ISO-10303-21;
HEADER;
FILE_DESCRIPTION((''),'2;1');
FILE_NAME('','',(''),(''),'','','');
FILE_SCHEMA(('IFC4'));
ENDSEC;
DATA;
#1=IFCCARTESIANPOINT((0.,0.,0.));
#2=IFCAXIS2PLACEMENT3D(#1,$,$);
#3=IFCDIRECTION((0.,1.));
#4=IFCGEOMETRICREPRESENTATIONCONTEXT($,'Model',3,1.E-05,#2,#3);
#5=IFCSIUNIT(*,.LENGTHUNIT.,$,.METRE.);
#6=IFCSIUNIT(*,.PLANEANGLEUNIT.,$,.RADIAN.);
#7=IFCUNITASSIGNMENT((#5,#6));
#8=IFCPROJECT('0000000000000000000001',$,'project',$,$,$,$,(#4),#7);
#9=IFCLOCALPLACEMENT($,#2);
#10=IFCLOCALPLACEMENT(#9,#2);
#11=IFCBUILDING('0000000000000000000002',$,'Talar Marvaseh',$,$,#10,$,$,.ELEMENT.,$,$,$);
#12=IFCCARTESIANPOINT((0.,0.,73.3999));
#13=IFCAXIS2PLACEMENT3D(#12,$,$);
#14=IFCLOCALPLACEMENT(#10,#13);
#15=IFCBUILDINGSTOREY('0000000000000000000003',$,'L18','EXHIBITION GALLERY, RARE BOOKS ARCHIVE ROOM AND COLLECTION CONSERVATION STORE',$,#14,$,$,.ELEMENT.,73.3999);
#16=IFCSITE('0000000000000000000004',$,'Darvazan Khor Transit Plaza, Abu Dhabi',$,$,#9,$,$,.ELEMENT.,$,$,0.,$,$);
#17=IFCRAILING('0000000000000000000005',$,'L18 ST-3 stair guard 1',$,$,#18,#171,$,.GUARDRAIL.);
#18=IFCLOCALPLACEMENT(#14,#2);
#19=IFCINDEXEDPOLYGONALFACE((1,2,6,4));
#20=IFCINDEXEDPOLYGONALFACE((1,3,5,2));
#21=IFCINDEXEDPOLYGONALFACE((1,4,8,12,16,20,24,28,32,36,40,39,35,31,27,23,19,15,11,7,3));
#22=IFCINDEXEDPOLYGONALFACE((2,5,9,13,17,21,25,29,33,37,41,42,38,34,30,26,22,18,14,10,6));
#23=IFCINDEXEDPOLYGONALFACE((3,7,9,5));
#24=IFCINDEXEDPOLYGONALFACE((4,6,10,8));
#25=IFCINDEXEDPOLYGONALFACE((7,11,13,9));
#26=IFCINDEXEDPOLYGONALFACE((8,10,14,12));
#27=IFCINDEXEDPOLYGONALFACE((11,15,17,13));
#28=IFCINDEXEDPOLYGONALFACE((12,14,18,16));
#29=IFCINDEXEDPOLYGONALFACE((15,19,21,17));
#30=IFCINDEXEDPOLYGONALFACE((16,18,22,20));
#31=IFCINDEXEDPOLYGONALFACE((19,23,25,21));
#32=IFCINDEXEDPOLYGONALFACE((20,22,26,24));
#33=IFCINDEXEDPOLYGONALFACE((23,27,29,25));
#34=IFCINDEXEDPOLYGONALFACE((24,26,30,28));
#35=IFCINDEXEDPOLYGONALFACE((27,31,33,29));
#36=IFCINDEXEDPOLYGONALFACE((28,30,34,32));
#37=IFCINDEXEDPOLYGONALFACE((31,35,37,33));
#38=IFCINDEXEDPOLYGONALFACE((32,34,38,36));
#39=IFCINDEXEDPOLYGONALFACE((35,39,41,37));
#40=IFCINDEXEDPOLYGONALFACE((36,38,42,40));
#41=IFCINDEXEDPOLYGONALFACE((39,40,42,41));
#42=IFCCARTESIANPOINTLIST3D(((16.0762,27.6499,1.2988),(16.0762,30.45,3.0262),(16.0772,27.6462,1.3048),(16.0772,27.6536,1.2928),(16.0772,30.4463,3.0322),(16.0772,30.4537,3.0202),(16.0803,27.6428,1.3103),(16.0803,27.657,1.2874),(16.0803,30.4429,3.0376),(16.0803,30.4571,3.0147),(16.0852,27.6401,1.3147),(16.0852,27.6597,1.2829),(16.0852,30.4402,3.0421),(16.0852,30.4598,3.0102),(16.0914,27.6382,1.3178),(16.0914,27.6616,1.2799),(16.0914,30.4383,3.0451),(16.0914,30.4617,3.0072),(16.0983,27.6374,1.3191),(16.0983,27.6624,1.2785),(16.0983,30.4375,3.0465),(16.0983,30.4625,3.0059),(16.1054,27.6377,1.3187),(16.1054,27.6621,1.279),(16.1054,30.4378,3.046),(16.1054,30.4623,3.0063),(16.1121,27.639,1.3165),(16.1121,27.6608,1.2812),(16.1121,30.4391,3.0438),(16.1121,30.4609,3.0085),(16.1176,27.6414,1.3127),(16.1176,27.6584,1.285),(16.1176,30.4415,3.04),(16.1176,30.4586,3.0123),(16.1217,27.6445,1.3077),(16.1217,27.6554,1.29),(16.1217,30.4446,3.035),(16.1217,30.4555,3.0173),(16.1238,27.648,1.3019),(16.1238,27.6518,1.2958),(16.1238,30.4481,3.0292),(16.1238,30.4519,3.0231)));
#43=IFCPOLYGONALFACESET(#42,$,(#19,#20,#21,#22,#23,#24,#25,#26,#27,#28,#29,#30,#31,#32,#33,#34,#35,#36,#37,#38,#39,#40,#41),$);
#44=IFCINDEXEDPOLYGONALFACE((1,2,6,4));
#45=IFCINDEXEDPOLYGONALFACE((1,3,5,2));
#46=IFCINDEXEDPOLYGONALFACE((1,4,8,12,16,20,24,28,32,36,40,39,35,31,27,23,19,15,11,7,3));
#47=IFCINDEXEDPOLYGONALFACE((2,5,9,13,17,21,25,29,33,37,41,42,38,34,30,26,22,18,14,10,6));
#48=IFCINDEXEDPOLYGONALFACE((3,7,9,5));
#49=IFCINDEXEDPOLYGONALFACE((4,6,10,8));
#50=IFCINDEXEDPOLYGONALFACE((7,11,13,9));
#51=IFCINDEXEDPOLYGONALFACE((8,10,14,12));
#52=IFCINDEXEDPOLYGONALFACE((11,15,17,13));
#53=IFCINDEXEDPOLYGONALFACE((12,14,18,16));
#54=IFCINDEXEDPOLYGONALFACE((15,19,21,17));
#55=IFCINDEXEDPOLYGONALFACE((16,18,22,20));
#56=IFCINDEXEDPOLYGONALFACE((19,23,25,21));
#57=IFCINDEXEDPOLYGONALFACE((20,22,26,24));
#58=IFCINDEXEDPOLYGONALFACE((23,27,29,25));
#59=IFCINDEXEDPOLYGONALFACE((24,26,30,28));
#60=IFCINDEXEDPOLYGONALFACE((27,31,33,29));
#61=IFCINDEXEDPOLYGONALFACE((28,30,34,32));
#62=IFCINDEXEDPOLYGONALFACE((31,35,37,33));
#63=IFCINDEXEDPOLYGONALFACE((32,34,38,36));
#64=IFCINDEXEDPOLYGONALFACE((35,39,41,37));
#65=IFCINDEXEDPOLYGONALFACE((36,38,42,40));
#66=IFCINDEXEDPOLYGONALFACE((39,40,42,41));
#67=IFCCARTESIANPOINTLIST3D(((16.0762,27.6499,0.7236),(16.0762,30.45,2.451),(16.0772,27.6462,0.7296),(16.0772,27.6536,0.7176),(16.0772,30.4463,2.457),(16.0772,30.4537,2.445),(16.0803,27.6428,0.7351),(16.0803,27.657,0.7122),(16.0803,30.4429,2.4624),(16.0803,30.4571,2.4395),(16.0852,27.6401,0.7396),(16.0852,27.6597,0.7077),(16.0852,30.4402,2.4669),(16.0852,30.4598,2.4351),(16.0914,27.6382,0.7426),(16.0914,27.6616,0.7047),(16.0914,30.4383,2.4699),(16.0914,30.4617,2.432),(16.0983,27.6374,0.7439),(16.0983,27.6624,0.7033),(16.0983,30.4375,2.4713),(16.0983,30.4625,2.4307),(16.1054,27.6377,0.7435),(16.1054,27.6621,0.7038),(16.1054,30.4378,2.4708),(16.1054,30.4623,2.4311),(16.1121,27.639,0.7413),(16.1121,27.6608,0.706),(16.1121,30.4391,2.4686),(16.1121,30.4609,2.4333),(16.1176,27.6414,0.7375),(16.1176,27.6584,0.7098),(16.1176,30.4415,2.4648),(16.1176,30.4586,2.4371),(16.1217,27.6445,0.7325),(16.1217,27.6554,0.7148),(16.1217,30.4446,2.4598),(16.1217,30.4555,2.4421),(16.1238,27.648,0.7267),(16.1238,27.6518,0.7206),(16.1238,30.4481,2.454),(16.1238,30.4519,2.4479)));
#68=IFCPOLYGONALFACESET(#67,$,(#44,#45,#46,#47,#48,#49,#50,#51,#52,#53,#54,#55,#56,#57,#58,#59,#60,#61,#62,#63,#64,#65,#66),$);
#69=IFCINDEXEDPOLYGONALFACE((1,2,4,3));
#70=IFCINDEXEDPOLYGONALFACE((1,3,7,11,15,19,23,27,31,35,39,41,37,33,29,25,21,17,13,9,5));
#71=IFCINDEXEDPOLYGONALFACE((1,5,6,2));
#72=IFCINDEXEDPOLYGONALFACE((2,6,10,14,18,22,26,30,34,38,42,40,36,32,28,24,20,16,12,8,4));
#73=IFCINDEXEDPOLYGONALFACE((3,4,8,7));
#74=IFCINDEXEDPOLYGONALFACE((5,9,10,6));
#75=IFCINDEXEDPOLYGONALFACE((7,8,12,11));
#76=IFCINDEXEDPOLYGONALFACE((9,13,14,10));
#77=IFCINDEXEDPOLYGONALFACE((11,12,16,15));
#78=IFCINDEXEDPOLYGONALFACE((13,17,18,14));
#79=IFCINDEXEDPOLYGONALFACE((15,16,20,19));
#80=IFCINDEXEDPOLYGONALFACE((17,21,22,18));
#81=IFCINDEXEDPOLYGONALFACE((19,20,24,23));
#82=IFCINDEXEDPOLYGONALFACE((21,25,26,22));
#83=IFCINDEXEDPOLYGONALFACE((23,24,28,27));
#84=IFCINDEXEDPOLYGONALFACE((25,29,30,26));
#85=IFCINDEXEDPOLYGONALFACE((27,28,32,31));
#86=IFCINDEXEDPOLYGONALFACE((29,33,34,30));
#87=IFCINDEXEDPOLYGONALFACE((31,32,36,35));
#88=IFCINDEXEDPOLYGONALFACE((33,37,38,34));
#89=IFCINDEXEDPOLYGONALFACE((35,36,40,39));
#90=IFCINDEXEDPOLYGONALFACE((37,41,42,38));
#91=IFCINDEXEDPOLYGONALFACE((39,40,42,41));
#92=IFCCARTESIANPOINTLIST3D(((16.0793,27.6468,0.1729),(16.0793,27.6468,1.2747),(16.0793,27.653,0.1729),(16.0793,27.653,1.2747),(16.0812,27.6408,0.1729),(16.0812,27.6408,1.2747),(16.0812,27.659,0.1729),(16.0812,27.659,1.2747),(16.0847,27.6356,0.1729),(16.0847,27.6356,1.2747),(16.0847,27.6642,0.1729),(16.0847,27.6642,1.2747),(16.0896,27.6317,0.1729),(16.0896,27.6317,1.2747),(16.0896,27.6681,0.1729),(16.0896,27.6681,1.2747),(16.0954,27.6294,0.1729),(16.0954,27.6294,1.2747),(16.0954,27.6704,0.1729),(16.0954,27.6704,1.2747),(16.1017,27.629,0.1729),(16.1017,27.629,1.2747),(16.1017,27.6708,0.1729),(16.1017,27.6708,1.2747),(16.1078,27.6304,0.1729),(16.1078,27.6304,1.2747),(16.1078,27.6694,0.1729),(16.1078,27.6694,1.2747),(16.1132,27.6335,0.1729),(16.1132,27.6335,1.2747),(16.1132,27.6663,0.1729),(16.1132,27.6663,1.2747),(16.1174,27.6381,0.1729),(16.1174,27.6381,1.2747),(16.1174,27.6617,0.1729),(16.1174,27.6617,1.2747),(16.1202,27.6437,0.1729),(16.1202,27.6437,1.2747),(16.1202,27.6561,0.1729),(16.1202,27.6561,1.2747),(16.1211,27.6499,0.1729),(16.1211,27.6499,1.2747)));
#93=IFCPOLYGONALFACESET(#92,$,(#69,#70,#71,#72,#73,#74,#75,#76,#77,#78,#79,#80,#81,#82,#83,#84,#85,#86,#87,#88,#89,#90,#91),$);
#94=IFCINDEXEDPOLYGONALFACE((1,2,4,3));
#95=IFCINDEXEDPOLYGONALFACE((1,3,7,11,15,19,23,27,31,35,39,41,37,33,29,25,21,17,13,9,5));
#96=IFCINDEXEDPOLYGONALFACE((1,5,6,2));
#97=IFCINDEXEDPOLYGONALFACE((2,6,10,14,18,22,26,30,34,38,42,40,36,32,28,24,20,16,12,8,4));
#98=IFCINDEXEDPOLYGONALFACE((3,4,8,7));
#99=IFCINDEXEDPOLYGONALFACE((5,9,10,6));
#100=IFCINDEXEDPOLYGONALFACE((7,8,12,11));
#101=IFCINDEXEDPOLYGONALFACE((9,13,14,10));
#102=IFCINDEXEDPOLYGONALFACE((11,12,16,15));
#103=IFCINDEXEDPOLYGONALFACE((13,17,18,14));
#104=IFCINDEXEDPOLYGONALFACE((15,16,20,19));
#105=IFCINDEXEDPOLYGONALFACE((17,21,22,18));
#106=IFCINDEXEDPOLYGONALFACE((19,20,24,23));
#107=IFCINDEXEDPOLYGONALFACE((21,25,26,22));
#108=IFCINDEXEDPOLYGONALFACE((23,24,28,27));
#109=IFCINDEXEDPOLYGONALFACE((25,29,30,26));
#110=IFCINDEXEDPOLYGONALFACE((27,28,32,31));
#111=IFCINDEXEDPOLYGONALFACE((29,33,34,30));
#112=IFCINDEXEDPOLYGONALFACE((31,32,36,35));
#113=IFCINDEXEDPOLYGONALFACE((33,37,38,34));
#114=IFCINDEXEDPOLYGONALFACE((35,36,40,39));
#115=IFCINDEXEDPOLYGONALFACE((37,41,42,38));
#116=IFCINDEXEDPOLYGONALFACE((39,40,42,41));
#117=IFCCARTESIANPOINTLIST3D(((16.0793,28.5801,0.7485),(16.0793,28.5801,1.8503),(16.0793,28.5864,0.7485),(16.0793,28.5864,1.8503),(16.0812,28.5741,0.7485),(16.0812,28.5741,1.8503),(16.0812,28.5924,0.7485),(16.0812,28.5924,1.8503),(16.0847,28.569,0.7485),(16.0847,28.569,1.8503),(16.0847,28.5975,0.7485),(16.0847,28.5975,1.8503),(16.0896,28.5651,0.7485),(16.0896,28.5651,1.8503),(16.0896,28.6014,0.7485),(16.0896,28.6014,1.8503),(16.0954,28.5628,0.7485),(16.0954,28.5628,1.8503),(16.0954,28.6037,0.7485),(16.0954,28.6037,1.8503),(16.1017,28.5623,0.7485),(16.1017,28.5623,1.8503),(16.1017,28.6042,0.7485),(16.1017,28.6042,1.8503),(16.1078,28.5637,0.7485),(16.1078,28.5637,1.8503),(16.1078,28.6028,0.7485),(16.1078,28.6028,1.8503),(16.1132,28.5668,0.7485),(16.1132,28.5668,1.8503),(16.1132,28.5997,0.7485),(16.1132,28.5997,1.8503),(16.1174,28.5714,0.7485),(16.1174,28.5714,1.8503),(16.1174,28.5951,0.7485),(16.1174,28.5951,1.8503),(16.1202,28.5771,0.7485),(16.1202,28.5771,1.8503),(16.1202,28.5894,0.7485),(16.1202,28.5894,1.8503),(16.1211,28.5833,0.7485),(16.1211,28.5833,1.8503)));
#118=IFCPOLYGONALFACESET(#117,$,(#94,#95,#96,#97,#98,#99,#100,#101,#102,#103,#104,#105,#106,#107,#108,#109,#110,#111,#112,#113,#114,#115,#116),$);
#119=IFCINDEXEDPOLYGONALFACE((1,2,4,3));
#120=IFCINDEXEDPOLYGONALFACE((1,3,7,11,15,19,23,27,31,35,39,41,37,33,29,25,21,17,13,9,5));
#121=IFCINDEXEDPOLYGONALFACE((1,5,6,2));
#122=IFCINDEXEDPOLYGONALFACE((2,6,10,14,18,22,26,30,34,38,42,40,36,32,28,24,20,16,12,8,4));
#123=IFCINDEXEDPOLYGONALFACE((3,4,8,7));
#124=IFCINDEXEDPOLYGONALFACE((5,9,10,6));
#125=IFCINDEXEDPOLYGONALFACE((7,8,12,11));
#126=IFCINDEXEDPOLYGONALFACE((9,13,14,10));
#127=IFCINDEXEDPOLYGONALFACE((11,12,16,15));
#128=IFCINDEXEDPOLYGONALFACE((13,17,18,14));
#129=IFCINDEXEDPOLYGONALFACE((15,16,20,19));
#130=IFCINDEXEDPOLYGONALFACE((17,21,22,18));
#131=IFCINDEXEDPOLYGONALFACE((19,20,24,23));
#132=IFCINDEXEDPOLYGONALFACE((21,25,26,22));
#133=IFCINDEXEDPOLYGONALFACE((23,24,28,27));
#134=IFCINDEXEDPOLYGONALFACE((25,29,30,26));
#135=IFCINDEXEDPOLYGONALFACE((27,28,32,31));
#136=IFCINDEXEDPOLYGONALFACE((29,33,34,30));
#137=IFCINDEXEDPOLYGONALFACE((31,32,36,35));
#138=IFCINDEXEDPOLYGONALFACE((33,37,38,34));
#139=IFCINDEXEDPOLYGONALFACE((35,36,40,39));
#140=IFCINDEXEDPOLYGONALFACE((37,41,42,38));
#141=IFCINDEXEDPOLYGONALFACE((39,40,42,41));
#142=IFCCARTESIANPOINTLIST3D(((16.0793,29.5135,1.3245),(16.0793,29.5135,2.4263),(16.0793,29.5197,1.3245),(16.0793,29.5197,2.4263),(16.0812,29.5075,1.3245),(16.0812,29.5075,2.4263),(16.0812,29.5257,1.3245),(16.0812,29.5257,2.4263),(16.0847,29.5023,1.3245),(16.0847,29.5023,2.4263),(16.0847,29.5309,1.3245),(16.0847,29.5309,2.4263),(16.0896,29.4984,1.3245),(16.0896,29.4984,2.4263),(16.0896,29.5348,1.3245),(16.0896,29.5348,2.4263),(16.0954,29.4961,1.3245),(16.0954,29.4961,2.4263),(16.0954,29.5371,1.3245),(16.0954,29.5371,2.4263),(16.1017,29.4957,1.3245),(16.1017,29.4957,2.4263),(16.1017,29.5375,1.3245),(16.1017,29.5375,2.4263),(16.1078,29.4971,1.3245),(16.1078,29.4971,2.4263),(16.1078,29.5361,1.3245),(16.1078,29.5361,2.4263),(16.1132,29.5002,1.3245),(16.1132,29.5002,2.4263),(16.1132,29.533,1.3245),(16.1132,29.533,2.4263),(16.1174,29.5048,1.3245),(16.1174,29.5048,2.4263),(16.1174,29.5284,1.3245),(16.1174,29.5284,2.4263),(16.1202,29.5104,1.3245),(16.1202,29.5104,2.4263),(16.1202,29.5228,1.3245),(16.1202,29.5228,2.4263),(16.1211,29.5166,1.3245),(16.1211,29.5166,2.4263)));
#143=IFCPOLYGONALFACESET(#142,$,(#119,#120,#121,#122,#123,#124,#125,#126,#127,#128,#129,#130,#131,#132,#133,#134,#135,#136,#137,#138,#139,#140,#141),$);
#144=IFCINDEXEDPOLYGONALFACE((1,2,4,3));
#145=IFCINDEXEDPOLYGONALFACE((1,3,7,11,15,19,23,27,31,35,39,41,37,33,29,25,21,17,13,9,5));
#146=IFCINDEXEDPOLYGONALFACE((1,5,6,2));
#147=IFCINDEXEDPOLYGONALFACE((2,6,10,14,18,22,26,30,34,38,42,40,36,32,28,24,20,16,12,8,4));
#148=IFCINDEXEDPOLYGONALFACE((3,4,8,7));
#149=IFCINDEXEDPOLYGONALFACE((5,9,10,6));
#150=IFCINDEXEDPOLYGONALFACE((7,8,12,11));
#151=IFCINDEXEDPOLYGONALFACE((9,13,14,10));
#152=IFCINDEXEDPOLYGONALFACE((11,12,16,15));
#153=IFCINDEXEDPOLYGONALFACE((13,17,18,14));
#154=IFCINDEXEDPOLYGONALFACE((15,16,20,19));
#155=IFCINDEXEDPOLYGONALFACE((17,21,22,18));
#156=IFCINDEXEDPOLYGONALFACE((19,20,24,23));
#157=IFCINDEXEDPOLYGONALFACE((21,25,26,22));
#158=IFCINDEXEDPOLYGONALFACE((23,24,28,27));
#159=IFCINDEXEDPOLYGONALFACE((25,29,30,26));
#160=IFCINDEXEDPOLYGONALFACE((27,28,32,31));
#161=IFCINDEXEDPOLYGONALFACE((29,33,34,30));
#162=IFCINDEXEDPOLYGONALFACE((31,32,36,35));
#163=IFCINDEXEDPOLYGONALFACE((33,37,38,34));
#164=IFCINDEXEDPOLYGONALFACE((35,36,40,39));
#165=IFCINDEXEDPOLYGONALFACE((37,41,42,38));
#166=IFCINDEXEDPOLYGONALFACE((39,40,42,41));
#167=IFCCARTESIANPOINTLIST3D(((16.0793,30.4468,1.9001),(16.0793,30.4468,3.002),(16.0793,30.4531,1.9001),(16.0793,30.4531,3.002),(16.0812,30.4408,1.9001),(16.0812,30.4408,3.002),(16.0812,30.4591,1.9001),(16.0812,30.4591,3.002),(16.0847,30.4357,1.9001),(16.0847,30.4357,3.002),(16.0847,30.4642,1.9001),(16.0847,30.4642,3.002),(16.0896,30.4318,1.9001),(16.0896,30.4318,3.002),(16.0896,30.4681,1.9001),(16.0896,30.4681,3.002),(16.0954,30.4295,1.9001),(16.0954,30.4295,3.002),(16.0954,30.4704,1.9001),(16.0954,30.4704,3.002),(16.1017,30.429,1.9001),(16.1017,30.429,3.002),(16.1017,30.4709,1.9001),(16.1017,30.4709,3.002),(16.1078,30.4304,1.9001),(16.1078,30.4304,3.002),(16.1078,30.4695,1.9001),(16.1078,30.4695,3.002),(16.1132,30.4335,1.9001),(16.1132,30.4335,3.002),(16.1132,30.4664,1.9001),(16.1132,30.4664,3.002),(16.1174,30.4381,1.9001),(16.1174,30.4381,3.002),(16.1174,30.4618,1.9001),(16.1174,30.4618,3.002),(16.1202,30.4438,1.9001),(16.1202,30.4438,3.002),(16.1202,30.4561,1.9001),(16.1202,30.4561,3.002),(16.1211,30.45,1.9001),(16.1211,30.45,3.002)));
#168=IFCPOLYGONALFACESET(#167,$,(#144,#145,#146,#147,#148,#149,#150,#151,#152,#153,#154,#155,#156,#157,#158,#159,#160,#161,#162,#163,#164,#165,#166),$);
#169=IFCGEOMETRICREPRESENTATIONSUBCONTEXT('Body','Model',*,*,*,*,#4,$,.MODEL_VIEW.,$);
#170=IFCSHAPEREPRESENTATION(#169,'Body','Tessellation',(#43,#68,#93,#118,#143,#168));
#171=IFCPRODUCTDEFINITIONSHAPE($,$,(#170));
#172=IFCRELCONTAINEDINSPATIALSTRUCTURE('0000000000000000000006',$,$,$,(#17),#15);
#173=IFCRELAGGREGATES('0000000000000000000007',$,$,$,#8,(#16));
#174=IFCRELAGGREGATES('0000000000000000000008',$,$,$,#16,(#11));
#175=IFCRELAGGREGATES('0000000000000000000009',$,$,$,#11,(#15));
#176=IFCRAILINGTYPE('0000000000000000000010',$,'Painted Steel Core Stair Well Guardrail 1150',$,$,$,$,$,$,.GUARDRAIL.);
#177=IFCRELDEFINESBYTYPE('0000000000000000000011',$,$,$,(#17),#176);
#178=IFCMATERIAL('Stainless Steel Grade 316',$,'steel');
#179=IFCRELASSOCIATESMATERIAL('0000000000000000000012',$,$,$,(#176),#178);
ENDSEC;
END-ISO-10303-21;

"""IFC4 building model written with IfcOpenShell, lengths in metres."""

from ifc_helpers import new_model, si_unit, direction, frame, origin, origin_2d, place, context, subcontext, project, spatial, circle, extrude, material, type_object, element, save


model = new_model("IFC4")

# Units and contexts
model_context = context("Model", 3, precision=1e-05, world=origin(), true_north=direction((0.0, 1.0)))
body_context = subcontext(model_context, "Body", "Model", "MODEL_VIEW")
ifc_project = project(units=[si_unit("LENGTHUNIT", "METRE"), si_unit("PLANEANGLEUNIT", "RADIAN")], contexts=[model_context])

# Site, building, storey
site_placement = place(None, origin())
site = spatial("IfcSite", under=ifc_project, at=site_placement, Name="Darvazan Khor Transit Plaza, Abu Dhabi", CompositionType="ELEMENT", RefElevation=0.0)
building_placement = place(site_placement, origin())
building = spatial("IfcBuilding", under=site, at=building_placement, Name="Talar Marvaseh", CompositionType="ELEMENT")
storey_placement = place(building_placement, frame((0.0, 0.0, 73.3999)))
storey = spatial("IfcBuildingStorey", under=building, at=storey_placement, Name="L18", Description="EXHIBITION GALLERY, RARE BOOKS ARCHIVE ROOM AND COLLECTION CONSERVATION STORE", CompositionType="ELEMENT", Elevation=73.3999)

# Railing
ifc_material_1 = material(Name="Stainless Steel Grade 316", Category="steel")
railing_type_1 = type_object("IfcRailingType", Name="Painted Steel Core Stair Well Guardrail 1150", PredefinedType="GUARDRAIL", material=ifc_material_1)
railing_1_placement = place(storey_placement, frame((16.1001, 27.6499, 0.1729)))
element("IfcRailing", 1, at=railing_1_placement, inside=storey, type_object=railing_type_1, Name="L18 ST-3 stair guard 1", PredefinedType="GUARDRAIL", context=body_context, shape_type="SweptSolid", body=[
    extrude(circle(Radius=0.0239, at=origin_2d()), frame((0.0, 0.0, 1.126), z_axis=(0.0, 0.85109, 0.52502), x_axis=(-1.0, 0.0, 0.0)), (0.0, 0.0, 1.0), 3.29),
    extrude(circle(Radius=0.0239, at=origin_2d()), frame((0.0, 0.0, 0.5508), z_axis=(0.0, 0.85109, 0.52502), x_axis=(-1.0, 0.0, 0.0)), (0.0, 0.0, 1.0), 3.29),
    extrude(circle(Radius=0.021, at=origin_2d()), origin(), (0.0, 0.0, 1.0), 1.1018),
    extrude(circle(Radius=0.021, at=origin_2d()), frame((0.0, 0.9333, 0.5757)), (0.0, 0.0, 1.0), 1.1018),
    extrude(circle(Radius=0.021, at=origin_2d()), frame((0.0, 1.8667, 1.1516)), (0.0, 0.0, 1.0), 1.1018),
    extrude(circle(Radius=0.021, at=origin_2d()), frame((0.0, 2.8, 1.7273)), (0.0, 0.0, 1.0), 1.1018),
])

save(model, "model.ifc")
